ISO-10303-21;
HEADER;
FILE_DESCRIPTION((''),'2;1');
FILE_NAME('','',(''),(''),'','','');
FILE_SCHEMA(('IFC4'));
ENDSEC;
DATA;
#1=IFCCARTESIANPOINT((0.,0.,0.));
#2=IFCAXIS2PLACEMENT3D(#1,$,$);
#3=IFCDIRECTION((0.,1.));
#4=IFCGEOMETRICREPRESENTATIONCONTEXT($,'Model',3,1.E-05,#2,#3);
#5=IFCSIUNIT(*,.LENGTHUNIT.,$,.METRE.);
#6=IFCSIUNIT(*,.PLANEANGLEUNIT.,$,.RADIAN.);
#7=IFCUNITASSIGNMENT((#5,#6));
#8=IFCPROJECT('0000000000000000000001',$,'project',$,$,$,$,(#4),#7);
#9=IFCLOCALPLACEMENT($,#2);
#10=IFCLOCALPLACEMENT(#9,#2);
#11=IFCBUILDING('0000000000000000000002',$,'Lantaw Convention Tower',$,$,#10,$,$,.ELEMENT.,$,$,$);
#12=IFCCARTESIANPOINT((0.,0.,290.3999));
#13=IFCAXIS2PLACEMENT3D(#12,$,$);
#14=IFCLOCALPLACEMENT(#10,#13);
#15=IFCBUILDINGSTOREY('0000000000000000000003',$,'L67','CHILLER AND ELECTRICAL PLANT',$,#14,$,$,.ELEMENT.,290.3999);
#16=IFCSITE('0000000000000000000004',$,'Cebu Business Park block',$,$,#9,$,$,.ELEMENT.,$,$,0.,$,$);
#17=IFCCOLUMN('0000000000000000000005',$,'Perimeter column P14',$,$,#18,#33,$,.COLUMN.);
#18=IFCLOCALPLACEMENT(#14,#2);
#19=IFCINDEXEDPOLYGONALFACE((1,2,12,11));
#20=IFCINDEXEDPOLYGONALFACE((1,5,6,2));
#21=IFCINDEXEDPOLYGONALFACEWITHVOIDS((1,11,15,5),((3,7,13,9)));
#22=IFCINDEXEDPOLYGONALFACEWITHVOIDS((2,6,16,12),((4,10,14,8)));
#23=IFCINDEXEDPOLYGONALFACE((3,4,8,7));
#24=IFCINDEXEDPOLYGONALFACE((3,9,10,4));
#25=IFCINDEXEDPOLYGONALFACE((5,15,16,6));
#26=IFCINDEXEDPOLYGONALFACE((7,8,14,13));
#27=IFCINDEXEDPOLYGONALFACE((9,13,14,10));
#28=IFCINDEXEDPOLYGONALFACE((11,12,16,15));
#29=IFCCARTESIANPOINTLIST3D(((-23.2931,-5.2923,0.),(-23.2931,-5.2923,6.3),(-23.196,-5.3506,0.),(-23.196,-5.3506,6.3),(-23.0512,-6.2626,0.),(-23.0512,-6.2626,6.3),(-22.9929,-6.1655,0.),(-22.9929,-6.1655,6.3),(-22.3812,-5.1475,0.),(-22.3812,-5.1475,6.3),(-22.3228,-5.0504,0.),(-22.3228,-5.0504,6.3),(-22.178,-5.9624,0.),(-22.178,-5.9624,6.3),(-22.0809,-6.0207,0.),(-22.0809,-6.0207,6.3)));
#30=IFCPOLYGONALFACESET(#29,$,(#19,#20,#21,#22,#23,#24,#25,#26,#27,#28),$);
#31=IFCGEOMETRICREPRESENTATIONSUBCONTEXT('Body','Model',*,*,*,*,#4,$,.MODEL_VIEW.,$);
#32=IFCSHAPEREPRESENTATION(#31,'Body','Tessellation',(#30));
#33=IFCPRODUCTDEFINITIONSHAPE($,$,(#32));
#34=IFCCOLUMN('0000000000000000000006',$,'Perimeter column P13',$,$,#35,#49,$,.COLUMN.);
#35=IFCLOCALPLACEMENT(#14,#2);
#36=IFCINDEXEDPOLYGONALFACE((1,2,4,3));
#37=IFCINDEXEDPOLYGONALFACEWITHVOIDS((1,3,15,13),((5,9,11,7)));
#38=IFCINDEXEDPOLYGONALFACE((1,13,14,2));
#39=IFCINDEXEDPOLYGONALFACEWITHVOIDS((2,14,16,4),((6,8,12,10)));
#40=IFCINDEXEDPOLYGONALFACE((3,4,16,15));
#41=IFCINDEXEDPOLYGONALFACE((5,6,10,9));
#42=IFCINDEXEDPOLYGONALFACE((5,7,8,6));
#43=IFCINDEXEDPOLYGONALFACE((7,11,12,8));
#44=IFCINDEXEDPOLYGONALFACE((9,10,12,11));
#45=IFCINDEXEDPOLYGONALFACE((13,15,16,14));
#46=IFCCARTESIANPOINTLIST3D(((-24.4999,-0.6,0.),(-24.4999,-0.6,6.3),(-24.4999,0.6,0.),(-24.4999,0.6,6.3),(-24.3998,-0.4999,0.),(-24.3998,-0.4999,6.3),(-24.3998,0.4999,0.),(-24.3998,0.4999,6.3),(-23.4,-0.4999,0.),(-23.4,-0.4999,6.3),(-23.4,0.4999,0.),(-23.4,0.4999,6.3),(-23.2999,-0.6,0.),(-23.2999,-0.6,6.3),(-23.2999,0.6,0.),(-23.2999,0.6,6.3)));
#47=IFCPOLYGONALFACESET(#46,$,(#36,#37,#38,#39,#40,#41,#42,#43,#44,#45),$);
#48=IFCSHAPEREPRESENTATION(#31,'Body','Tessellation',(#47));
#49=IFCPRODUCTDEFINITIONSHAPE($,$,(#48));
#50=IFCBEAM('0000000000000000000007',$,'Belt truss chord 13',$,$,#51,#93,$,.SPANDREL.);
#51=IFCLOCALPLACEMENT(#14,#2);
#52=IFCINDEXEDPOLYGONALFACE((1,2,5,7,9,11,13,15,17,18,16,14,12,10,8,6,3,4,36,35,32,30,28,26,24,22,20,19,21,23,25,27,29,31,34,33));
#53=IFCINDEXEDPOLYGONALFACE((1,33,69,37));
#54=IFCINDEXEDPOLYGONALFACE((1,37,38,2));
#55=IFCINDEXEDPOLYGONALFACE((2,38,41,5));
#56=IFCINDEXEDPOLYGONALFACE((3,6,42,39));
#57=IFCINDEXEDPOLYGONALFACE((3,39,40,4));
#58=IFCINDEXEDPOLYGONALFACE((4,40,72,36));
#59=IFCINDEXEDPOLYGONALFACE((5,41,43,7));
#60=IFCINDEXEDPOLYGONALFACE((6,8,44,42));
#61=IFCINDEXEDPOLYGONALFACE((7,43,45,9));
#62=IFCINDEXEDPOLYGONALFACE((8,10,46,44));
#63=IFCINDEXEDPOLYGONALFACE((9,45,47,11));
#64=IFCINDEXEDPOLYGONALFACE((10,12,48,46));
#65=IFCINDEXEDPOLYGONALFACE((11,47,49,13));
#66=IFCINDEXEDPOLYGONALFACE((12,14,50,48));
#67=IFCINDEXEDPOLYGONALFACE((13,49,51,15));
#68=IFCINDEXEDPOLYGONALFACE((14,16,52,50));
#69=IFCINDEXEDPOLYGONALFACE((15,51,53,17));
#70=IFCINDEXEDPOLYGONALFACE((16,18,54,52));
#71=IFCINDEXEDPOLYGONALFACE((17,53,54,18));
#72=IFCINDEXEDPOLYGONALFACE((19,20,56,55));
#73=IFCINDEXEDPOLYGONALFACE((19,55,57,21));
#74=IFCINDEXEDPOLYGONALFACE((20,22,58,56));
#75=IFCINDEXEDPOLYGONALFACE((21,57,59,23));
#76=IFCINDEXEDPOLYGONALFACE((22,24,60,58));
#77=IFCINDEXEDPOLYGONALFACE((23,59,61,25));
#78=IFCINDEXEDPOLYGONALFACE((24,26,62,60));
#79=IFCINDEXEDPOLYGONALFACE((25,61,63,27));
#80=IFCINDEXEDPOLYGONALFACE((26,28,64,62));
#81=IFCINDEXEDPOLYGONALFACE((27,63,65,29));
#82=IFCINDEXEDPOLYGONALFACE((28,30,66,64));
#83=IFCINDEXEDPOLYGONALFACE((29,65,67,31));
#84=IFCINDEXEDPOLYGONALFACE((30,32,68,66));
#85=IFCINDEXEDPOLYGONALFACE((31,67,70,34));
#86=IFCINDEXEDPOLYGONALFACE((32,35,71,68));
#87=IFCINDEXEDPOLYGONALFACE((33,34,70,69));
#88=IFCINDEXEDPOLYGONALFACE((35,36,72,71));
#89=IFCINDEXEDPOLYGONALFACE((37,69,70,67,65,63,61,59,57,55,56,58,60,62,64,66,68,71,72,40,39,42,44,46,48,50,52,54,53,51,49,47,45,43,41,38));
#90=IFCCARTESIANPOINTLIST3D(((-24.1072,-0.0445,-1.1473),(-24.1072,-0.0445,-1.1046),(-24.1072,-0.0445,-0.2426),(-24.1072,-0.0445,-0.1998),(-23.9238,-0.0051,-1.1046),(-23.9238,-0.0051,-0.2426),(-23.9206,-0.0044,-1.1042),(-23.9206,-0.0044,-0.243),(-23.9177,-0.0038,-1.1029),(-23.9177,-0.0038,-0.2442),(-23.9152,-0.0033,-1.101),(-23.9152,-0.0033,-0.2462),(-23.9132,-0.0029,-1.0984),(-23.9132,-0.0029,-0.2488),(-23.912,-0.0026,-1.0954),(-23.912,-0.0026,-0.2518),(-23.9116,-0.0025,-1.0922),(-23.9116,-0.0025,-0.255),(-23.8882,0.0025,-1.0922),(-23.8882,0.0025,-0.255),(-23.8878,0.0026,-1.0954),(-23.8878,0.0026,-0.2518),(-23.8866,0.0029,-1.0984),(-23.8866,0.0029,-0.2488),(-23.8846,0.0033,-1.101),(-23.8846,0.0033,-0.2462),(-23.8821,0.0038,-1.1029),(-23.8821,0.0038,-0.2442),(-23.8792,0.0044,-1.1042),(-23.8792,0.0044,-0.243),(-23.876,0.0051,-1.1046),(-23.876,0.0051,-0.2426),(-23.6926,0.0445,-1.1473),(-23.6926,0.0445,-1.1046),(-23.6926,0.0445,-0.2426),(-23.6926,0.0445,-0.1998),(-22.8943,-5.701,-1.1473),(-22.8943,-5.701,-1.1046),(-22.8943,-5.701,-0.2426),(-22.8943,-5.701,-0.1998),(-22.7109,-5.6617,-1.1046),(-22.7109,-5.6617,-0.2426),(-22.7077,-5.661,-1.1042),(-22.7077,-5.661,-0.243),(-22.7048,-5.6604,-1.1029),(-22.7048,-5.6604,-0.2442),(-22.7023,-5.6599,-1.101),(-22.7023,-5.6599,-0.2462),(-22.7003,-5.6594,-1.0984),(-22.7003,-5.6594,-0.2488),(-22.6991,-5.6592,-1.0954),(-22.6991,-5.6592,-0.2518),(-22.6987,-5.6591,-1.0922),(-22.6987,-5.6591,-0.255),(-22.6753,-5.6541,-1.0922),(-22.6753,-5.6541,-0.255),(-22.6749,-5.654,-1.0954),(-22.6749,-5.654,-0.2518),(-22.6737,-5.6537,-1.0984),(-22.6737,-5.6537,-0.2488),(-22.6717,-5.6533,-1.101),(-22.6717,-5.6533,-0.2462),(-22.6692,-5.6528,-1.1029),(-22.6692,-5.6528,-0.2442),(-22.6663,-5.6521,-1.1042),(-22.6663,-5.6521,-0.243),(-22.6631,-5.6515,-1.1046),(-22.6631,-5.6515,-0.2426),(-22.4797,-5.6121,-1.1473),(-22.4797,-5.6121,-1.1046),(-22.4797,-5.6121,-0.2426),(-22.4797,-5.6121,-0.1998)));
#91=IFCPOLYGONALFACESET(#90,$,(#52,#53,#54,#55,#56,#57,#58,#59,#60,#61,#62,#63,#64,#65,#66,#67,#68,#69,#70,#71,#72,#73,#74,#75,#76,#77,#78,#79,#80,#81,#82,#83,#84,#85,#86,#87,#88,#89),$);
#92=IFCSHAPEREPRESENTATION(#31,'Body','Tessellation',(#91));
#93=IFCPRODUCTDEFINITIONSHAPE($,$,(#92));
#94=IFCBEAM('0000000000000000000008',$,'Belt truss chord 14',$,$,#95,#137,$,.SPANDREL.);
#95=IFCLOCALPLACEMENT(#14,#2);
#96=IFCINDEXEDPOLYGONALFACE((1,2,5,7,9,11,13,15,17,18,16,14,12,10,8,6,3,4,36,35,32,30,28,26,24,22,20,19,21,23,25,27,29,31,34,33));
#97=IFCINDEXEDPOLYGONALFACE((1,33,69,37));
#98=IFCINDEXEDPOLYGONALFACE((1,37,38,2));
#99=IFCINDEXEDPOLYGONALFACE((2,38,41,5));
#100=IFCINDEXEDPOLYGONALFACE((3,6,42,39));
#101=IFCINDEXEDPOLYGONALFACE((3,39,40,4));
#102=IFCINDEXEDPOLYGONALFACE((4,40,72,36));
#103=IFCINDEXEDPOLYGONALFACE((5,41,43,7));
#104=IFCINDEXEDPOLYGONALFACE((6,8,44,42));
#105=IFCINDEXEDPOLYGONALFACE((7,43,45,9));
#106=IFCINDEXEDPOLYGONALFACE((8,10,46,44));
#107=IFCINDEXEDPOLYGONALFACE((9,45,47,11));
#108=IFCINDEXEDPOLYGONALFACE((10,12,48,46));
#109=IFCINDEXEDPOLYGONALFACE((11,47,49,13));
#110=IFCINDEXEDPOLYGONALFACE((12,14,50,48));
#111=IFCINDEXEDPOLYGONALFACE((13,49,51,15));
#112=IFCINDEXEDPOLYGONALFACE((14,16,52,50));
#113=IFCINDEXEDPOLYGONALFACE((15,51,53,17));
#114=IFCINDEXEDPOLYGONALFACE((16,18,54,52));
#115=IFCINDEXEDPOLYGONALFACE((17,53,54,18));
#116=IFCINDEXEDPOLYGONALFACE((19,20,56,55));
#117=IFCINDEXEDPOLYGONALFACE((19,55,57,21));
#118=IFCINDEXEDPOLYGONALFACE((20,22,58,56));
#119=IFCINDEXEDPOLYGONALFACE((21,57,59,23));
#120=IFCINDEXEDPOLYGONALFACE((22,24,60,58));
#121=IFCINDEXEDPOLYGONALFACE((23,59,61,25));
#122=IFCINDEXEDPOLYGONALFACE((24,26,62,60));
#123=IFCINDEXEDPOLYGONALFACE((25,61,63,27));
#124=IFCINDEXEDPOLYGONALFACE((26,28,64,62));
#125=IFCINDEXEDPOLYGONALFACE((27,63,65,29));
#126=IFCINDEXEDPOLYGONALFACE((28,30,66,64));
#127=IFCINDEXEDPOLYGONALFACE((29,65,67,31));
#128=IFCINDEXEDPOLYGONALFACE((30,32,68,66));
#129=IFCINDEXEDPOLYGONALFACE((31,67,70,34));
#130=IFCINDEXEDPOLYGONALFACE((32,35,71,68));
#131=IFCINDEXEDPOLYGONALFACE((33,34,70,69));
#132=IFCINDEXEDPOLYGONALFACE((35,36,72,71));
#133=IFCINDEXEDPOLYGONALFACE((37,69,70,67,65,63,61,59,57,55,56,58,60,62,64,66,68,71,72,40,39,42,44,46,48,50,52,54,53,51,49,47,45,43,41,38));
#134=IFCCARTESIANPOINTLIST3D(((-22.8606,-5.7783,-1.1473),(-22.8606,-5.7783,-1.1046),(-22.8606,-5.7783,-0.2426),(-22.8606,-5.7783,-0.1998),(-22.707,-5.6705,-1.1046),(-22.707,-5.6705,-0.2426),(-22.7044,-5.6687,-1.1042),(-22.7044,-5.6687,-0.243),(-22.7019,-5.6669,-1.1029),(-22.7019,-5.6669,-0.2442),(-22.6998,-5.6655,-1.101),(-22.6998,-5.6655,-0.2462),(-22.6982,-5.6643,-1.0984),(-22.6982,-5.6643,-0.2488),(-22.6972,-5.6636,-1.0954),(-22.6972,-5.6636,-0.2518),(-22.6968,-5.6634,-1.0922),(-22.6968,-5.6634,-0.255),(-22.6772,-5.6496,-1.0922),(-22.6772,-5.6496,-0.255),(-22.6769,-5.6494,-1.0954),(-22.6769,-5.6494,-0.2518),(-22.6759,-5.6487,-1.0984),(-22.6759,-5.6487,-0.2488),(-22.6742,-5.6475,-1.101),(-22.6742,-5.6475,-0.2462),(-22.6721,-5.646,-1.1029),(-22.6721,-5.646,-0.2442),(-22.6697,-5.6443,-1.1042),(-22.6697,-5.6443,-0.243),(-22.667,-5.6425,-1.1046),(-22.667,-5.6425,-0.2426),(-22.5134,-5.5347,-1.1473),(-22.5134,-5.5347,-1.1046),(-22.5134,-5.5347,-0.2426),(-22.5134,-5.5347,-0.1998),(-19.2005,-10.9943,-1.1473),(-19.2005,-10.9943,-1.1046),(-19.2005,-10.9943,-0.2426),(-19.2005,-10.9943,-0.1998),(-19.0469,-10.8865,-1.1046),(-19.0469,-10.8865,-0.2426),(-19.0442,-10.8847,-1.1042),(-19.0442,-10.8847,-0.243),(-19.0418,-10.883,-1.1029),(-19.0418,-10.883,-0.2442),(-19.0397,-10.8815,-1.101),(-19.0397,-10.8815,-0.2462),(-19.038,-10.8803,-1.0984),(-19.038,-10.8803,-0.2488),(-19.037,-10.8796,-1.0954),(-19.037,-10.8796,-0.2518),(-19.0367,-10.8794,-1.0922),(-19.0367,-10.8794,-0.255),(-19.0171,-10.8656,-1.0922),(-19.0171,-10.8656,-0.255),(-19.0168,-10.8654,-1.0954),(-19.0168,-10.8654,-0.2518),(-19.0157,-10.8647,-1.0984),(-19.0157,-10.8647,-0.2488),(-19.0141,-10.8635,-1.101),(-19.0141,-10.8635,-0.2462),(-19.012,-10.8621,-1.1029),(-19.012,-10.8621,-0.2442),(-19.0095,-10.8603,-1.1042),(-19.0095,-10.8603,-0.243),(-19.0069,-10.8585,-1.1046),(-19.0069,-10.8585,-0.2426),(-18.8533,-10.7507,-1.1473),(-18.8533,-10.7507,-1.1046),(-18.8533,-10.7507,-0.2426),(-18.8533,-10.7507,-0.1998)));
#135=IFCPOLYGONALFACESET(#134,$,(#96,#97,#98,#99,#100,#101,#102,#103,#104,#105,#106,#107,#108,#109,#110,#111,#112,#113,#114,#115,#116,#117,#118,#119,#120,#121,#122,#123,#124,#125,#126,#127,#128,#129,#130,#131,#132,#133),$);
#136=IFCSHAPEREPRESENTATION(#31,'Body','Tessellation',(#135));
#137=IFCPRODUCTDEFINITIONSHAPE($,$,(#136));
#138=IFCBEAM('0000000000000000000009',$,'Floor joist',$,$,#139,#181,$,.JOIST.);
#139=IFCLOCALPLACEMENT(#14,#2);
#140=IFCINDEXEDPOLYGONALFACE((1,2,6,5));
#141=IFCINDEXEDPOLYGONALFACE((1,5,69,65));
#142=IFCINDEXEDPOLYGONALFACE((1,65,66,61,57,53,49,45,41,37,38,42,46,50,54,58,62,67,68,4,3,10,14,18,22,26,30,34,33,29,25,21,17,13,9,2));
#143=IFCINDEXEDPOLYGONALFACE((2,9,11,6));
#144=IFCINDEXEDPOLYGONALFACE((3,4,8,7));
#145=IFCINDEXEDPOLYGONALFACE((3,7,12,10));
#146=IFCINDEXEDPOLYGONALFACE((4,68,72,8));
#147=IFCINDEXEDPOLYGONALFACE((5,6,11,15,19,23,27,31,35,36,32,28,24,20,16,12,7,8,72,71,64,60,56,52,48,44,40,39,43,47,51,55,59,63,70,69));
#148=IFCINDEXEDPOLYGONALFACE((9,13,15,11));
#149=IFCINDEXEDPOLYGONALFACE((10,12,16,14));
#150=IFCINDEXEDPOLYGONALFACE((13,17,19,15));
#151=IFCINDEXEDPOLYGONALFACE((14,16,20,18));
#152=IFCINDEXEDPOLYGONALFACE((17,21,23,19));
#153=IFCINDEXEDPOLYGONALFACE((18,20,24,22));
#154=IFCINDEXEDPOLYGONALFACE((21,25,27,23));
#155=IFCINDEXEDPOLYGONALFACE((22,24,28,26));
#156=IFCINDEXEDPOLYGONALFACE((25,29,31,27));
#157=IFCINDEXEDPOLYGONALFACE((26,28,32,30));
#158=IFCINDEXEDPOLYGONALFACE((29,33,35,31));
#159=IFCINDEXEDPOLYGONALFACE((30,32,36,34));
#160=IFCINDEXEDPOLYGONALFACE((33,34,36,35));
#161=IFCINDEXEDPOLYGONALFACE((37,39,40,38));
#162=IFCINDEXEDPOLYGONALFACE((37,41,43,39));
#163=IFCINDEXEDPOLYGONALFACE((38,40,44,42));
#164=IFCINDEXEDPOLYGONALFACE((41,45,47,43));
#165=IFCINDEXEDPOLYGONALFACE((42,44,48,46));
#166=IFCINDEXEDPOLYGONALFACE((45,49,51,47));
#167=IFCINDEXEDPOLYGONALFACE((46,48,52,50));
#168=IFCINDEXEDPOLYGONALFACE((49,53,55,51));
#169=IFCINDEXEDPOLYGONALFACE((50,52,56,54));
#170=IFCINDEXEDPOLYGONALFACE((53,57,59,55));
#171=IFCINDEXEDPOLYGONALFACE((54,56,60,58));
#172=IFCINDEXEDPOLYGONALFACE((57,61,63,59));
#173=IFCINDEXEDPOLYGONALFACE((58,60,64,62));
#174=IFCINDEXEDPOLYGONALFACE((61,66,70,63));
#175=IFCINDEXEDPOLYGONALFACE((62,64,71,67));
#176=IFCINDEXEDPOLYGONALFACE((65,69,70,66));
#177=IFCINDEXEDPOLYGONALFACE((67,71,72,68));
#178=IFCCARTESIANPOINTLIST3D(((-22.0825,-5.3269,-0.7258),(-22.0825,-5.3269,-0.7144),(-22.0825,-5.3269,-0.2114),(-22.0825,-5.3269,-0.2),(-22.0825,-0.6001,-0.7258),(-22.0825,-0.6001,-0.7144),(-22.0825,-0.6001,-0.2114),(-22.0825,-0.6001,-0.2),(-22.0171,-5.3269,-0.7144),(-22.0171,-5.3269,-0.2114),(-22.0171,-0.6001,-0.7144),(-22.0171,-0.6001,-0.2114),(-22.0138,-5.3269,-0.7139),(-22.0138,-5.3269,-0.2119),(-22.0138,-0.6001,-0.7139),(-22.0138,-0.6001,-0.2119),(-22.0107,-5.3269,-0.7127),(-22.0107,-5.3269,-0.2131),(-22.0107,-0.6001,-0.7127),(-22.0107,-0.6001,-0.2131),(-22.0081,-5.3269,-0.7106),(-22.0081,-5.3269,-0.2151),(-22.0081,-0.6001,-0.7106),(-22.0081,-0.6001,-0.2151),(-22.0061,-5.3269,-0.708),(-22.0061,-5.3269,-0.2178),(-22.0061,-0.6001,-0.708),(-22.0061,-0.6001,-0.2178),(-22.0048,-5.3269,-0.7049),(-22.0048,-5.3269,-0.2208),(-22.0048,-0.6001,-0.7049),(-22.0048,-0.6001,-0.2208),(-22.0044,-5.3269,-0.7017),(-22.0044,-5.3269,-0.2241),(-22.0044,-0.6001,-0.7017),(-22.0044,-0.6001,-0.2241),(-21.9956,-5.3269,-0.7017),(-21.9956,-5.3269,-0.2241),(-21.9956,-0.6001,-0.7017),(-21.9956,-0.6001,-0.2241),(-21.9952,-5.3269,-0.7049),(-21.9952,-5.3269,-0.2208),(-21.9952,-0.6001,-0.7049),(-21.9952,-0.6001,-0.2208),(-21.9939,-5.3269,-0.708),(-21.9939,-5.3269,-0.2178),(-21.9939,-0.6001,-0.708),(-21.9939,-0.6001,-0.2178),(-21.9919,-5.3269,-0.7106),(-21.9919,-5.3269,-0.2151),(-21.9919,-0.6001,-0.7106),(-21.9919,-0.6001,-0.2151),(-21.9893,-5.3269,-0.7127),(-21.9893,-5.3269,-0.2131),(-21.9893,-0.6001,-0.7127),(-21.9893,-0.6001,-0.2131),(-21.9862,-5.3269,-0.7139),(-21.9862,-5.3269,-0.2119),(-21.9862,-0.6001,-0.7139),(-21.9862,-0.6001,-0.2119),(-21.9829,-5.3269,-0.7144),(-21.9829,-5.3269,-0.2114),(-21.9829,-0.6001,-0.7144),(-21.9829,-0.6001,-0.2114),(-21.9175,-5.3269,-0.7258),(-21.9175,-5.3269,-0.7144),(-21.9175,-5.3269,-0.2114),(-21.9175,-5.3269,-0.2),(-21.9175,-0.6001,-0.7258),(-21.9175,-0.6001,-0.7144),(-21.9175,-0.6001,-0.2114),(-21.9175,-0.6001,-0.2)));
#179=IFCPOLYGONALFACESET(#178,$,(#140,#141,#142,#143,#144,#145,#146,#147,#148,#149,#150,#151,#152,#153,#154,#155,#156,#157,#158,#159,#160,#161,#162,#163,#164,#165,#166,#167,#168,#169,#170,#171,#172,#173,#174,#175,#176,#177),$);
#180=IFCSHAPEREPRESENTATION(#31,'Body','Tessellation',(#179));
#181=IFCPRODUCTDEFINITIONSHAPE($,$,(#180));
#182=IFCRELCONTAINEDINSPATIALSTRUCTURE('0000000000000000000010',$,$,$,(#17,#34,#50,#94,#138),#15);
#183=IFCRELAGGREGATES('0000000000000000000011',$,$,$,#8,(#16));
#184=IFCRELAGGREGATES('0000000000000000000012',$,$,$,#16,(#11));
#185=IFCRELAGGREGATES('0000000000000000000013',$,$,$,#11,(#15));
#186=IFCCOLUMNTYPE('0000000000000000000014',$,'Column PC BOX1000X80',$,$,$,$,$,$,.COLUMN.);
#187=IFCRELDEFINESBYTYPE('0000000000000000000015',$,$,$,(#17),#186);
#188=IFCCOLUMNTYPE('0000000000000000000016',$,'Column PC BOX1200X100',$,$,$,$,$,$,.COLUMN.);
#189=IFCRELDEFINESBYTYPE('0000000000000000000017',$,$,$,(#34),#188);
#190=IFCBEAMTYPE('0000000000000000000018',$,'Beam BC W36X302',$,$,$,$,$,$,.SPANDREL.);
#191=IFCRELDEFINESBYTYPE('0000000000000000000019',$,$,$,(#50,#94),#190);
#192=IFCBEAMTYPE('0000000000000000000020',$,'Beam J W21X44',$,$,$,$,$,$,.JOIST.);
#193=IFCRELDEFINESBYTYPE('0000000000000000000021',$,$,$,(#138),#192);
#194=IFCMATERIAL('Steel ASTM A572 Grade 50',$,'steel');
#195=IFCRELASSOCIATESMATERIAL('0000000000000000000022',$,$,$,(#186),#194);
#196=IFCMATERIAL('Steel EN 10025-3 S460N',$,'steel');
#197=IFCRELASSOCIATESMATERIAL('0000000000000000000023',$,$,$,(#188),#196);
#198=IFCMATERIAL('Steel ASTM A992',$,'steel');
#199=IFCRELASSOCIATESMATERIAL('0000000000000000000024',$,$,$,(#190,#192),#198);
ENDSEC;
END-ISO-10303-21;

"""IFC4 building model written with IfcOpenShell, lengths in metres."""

from ifc_helpers import new_model, si_unit, direction, frame, origin, origin_2d, place, context, subcontext, project, spatial, rectangle, hollow_rectangle, i_section, extrude, material, material_profile, profile_set, type_object, element, save


model = new_model("IFC4")

# Units and contexts
model_context = context("Model", 3, precision=1e-05, world=origin(), true_north=direction((0.0, 1.0)))
body_context = subcontext(model_context, "Body", "Model", "MODEL_VIEW")
ifc_project = project(units=[si_unit("LENGTHUNIT", "METRE"), si_unit("PLANEANGLEUNIT", "RADIAN")], contexts=[model_context])

# Site, building, storey
site_placement = place(None, origin())
site = spatial("IfcSite", under=ifc_project, at=site_placement, Name="Cebu Business Park block", CompositionType="ELEMENT", RefElevation=0.0)
building_placement = place(site_placement, origin())
building = spatial("IfcBuilding", under=site, at=building_placement, Name="Lantaw Convention Tower", CompositionType="ELEMENT")
storey_placement = place(building_placement, frame((0.0, 0.0, 290.3999)))
storey = spatial("IfcBuildingStorey", under=building, at=storey_placement, Name="L67", Description="CHILLER AND ELECTRICAL PLANT", CompositionType="ELEMENT", Elevation=290.3999)

# Columns
ifc_material_1 = material(Name="Steel ASTM A572 Grade 50", Category="steel")
ifc_material_profile_1 = material_profile(ifc_material_1, hollow_rectangle(XDim=1.0, YDim=1.0, WallThickness=0.0801, at=origin_2d()), Name="BOX1000X80")
ifc_material_2 = material(Name="Concrete C60/75", Category="concrete")
ifc_material_profile_2 = material_profile(ifc_material_2, rectangle(XDim=0.8401, YDim=0.8401, at=origin_2d()), Name="Concrete fill of BOX1000X80")
ifc_profile_set_1 = profile_set([ifc_material_profile_1, ifc_material_profile_2], Name="Steel ASTM A572 Grade 50")
column_type_1 = type_object("IfcColumnType", Name="Column PC BOX1000X80", PredefinedType="COLUMN", material=ifc_profile_set_1)
column_1_placement = place(storey_placement, frame((-22.687, -5.6565, 0.0), z_axis=(0.0, 0.0, 1.0), x_axis=(0.970296, 0.241922, 0.0)))
element("IfcColumn", 1, at=column_1_placement, inside=storey, type_object=column_type_1, Name="Perimeter column P14", PredefinedType="COLUMN", context=body_context, shape_type="SweptSolid", body=[
    extrude(hollow_rectangle(XDim=1.0, YDim=1.0, WallThickness=0.0801, at=origin_2d()), origin(), (0.0, 0.0, 1.0), 6.3),
])
ifc_material_3 = material(Name="Steel EN 10025-3 S460N", Category="steel")
ifc_material_profile_3 = material_profile(ifc_material_3, hollow_rectangle(XDim=1.2, YDim=1.2, WallThickness=0.1001, at=origin_2d()), Name="BOX1200X100")
ifc_material_profile_4 = material_profile(ifc_material_2, rectangle(XDim=1.0, YDim=1.0, at=origin_2d()), Name="Concrete fill of BOX1200X100")
ifc_profile_set_2 = profile_set([ifc_material_profile_3, ifc_material_profile_4], Name="Steel EN 10025-3 S460N")
column_type_2 = type_object("IfcColumnType", Name="Column PC BOX1200X100", PredefinedType="COLUMN", material=ifc_profile_set_2)
column_2_placement = place(storey_placement, frame((-23.8999, 0.0, 0.0), z_axis=(0.0, 0.0, 1.0), x_axis=(1.0, 0.0, 0.0)))
element("IfcColumn", 2, at=column_2_placement, inside=storey, type_object=column_type_2, Name="Perimeter column P13", PredefinedType="COLUMN", context=body_context, shape_type="SweptSolid", body=[
    extrude(hollow_rectangle(XDim=1.2, YDim=1.2, WallThickness=0.1001, at=origin_2d()), origin(), (0.0, 0.0, 1.0), 6.3),
])

# Beams
ifc_material_4 = material(Name="Steel ASTM A992", Category="steel")
ifc_material_profile_5 = material_profile(ifc_material_4, i_section(OverallWidth=0.4241, OverallDepth=0.9475, WebThickness=0.0239, FlangeThickness=0.0427, FilletRadius=0.0125, at=origin_2d()), Name="W36X302")
ifc_profile_set_3 = profile_set([ifc_material_profile_5], Name="Steel ASTM A992")
beam_type_1 = type_object("IfcBeamType", Name="Beam BC W36X302", PredefinedType="SPANDREL", material=ifc_profile_set_3)
beam_1_placement = place(storey_placement, frame((-23.8999, 0.0, -0.6736), z_axis=(0.209659, -0.977775, 0.0), x_axis=(0.977775, 0.209659, 0.0)))
element("IfcBeam", 3, at=beam_1_placement, inside=storey, type_object=beam_type_1, Name="Belt truss chord 13", PredefinedType="SPANDREL", context=body_context, shape_type="SweptSolid", body=[
    extrude(i_section(OverallWidth=0.4241, OverallDepth=0.9475, WebThickness=0.0239, FlangeThickness=0.0427, FilletRadius=0.0125, at=origin_2d()), origin(), (0.0, 0.0, 1.0), 5.7852),
])
beam_2_placement = place(storey_placement, frame((-22.687, -5.6565, -0.6736), z_axis=(0.574401, -0.818574, 0.0), x_axis=(0.818574, 0.574401, 0.0)))
element("IfcBeam", 4, at=beam_2_placement, inside=storey, type_object=beam_type_1, Name="Belt truss chord 14", PredefinedType="SPANDREL", context=body_context, shape_type="SweptSolid", body=[
    extrude(i_section(OverallWidth=0.4241, OverallDepth=0.9475, WebThickness=0.0239, FlangeThickness=0.0427, FilletRadius=0.0125, at=origin_2d()), origin(), (0.0, 0.0, 1.0), 6.3721),
])
ifc_material_profile_6 = material_profile(ifc_material_4, i_section(OverallWidth=0.165, OverallDepth=0.5259, WebThickness=0.0088, FlangeThickness=0.0115, FilletRadius=0.0127, at=origin_2d()), Name="W21X44")
ifc_profile_set_4 = profile_set([ifc_material_profile_6], Name="Steel ASTM A992")
beam_type_2 = type_object("IfcBeamType", Name="Beam J W21X44", PredefinedType="JOIST", material=ifc_profile_set_4)
beam_3_placement = place(storey_placement, frame((-22.0, -5.3269, -0.4629), z_axis=(0.0, 1.0, 0.0), x_axis=(-1.0, 0.0, 0.0)))
element("IfcBeam", 5, at=beam_3_placement, inside=storey, type_object=beam_type_2, Name="Floor joist", PredefinedType="JOIST", context=body_context, shape_type="SweptSolid", body=[
    extrude(i_section(OverallWidth=0.165, OverallDepth=0.5259, WebThickness=0.0088, FlangeThickness=0.0115, FilletRadius=0.0127, at=origin_2d()), origin(), (0.0, 0.0, 1.0), 4.7268),
])

save(model, "model.ifc")
